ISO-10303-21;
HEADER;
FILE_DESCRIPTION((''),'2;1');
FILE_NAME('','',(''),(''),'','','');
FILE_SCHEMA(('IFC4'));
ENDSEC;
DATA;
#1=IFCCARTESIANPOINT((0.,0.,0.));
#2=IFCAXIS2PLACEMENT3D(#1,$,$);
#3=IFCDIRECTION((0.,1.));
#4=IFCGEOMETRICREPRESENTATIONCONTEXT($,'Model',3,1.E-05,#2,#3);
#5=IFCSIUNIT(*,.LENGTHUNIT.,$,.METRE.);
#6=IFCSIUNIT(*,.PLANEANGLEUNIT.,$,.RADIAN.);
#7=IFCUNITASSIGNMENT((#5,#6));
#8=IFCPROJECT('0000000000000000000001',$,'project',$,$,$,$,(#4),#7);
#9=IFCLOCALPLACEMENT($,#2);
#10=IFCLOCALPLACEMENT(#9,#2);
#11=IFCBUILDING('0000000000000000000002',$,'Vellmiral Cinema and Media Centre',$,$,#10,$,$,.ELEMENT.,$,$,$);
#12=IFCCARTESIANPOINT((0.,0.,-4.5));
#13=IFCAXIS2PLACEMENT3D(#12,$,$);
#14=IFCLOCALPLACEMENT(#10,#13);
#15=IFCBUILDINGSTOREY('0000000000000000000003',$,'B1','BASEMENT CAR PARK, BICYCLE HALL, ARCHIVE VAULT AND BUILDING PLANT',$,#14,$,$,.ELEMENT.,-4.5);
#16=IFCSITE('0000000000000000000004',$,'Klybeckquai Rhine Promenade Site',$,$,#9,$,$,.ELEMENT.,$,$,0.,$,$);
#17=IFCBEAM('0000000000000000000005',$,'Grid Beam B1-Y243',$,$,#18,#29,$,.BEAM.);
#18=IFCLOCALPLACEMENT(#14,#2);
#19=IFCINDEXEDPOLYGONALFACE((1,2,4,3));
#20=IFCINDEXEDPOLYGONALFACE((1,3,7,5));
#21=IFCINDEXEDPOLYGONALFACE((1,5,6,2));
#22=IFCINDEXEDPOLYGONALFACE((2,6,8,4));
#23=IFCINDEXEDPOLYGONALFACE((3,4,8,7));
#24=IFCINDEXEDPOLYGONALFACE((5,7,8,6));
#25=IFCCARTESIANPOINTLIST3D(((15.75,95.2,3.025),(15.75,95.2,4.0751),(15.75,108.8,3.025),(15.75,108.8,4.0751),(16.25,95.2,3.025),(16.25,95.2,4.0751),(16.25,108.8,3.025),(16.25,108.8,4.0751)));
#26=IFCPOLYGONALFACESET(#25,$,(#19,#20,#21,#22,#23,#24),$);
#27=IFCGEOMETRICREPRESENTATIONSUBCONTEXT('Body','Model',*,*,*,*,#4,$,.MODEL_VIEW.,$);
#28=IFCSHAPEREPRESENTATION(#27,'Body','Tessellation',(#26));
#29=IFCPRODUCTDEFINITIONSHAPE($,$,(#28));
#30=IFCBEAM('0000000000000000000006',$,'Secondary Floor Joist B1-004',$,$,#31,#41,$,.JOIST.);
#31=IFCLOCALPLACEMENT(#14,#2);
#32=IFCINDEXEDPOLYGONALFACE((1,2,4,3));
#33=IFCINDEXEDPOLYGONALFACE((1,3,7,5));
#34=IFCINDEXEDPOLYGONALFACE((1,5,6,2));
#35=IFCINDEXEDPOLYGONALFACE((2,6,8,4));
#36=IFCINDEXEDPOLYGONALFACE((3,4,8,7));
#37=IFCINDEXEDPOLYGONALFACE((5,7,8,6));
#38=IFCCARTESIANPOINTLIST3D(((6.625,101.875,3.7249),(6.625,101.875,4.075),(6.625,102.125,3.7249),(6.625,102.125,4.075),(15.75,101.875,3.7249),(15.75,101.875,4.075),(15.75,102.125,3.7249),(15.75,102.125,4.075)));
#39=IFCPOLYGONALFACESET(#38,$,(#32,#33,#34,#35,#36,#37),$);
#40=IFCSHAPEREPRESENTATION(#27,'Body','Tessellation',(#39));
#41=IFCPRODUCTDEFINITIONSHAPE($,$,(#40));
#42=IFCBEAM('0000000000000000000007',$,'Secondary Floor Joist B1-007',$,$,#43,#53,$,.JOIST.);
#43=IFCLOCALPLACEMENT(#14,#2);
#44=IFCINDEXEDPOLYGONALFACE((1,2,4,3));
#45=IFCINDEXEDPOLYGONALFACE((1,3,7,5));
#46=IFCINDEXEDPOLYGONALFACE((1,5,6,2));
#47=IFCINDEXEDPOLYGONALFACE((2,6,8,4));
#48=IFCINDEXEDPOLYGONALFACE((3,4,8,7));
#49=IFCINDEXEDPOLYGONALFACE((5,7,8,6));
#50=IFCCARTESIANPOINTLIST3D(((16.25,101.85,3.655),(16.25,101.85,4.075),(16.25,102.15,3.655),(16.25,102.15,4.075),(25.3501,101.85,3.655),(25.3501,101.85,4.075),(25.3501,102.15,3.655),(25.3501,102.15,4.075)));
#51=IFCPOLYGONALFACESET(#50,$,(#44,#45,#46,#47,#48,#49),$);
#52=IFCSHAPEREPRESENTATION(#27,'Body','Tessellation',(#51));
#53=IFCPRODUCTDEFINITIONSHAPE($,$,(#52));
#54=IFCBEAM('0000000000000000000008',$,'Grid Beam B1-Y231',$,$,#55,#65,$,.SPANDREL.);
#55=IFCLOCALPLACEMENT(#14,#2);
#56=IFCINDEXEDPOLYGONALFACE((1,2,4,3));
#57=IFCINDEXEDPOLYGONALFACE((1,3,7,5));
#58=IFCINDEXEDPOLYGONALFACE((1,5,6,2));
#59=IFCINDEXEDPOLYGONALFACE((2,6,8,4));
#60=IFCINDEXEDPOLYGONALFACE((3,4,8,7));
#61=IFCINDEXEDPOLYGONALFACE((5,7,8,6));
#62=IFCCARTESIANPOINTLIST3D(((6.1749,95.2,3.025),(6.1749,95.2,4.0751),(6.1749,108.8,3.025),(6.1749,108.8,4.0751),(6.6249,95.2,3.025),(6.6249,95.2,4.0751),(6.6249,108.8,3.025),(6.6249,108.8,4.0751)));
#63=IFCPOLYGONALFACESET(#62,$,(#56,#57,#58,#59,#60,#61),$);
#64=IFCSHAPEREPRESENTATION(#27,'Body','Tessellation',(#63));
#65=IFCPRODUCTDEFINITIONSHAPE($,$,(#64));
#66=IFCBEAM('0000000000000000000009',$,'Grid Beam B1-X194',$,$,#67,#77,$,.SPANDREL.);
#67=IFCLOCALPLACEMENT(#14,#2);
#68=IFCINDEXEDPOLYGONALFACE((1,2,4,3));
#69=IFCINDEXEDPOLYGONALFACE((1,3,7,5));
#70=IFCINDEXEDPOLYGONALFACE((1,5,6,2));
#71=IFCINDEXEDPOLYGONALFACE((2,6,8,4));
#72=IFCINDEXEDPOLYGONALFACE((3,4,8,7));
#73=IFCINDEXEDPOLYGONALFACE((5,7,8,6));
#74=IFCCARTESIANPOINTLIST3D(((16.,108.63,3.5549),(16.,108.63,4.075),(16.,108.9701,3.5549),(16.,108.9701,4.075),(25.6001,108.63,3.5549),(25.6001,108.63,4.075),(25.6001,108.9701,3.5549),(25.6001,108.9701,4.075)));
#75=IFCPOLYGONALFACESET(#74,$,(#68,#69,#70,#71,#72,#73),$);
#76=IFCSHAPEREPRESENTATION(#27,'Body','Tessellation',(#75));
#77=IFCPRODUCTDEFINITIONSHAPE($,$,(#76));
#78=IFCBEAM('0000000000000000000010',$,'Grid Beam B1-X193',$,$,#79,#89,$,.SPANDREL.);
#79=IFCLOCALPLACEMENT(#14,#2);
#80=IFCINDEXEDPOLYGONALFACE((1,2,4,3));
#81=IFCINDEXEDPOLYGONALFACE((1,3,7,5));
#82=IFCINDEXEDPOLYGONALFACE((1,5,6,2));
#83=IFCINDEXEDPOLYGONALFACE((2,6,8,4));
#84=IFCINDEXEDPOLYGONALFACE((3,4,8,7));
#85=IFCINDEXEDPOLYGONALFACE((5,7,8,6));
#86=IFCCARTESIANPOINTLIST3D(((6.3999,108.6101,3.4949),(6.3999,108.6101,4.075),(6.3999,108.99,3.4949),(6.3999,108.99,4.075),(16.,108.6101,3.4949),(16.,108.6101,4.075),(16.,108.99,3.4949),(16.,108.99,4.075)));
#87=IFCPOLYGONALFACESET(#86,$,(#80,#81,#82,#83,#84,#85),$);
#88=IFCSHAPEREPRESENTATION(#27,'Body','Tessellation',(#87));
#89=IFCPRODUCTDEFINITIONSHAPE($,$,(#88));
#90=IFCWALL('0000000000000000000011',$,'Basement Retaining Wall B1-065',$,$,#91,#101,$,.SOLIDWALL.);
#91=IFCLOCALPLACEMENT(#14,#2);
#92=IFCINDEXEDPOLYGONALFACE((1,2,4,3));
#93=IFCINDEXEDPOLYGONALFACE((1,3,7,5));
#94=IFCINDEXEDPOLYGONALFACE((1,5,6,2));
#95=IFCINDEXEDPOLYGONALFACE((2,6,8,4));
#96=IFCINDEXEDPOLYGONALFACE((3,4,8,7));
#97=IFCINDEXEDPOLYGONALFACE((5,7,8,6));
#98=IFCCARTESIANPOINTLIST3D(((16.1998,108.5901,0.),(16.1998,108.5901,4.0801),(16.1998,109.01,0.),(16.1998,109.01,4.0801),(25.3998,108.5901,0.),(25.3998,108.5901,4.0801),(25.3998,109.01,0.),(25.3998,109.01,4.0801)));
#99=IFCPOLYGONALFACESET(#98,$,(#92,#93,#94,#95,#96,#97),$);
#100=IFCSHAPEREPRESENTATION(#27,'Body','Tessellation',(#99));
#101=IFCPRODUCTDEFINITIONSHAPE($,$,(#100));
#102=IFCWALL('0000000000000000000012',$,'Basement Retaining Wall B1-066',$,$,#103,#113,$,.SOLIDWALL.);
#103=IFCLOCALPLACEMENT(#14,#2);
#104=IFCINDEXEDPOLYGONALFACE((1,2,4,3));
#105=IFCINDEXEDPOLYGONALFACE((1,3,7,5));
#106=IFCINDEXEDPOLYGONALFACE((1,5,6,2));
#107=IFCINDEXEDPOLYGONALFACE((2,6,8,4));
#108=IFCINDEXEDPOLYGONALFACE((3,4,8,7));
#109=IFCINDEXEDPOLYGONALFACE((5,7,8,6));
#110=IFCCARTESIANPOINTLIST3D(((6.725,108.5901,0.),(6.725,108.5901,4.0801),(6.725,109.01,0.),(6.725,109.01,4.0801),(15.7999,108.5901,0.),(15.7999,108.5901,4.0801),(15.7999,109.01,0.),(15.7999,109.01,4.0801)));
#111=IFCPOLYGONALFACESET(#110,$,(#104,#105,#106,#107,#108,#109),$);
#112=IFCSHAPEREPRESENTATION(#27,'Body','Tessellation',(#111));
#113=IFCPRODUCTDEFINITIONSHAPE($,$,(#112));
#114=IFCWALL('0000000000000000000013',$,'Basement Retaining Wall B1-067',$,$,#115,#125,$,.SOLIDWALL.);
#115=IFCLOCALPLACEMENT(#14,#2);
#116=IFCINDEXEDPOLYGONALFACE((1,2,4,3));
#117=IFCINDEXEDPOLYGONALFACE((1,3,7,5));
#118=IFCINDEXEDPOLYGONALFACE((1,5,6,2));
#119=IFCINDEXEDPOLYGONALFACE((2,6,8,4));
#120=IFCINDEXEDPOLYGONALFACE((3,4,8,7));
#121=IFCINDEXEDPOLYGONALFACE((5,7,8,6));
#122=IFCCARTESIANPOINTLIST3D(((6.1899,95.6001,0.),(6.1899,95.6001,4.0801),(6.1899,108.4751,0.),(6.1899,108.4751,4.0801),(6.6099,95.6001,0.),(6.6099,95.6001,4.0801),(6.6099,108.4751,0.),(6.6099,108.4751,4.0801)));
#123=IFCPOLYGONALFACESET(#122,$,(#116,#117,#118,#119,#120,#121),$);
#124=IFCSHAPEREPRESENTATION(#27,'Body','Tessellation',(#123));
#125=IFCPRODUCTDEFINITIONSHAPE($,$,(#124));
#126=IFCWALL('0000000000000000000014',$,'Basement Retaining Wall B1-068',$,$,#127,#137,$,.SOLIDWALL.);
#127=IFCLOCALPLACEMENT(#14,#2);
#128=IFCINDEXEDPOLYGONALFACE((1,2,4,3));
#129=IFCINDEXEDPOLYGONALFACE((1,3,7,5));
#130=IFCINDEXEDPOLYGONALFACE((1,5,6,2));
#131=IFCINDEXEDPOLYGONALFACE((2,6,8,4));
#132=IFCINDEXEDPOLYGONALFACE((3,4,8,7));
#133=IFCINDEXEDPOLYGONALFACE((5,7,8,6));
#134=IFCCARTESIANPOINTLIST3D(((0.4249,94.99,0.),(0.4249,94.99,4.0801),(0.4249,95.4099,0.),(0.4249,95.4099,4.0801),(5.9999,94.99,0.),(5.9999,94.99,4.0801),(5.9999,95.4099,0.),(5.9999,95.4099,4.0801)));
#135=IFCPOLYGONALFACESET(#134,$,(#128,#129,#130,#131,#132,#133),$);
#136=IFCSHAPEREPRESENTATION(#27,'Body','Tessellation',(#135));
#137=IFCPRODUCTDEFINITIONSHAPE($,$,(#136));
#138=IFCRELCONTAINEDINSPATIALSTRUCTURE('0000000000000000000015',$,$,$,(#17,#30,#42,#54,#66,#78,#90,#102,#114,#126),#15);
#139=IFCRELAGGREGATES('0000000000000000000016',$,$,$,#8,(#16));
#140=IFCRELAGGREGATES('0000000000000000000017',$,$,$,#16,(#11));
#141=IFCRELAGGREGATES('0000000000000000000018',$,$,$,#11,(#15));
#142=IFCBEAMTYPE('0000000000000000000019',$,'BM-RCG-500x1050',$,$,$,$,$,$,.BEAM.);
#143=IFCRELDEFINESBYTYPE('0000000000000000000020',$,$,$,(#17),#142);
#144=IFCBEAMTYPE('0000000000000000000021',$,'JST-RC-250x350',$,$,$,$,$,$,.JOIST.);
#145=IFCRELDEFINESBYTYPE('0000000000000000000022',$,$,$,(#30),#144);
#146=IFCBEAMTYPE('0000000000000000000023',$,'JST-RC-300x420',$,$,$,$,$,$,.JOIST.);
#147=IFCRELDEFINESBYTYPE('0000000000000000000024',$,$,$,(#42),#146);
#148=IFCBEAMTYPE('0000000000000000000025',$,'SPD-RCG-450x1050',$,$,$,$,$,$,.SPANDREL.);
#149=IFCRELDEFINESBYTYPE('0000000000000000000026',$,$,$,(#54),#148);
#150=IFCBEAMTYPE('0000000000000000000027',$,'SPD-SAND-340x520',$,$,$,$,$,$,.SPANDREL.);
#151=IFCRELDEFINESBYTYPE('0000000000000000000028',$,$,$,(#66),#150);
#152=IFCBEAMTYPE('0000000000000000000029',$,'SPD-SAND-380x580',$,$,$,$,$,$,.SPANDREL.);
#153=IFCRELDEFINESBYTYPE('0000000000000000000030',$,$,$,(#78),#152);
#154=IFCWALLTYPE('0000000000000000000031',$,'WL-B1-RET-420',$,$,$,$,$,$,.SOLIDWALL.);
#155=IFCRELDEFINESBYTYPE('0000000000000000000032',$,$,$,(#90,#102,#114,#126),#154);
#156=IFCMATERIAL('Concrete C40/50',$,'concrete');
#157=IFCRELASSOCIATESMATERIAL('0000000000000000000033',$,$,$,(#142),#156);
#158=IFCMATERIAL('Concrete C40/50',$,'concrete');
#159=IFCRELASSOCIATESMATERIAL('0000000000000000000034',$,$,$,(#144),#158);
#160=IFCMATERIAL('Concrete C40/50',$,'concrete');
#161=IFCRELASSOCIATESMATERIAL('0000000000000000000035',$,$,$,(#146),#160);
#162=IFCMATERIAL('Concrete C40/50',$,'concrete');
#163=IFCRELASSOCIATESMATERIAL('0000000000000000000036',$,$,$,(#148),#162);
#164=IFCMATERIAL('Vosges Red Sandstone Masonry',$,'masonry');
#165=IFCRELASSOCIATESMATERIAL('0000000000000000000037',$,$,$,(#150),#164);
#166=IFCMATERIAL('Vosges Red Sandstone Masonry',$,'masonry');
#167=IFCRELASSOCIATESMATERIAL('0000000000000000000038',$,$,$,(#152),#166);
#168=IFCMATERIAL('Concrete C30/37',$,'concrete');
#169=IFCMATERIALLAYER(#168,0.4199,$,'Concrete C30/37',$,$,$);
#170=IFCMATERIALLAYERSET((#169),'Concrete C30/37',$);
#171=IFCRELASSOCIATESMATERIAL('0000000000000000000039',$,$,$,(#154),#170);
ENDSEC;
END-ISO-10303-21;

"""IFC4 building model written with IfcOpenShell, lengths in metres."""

from ifc_helpers import new_model, si_unit, direction, frame, frame_2d, origin, origin_2d, place, context, subcontext, project, spatial, rectangle, extrude, material, layer, layer_set, material_profile, profile_set, type_object, element, save


model = new_model("IFC4")

# Units and contexts
model_context = context("Model", 3, precision=1e-05, world=origin(), true_north=direction((0.0, 1.0)))
body_context = subcontext(model_context, "Body", "Model", "MODEL_VIEW")
ifc_project = project(units=[si_unit("LENGTHUNIT", "METRE"), si_unit("PLANEANGLEUNIT", "RADIAN")], contexts=[model_context])

# Site, building, storey
site_placement = place(None, origin())
site = spatial("IfcSite", under=ifc_project, at=site_placement, Name="Klybeckquai Rhine Promenade Site", CompositionType="ELEMENT", RefElevation=0.0)
building_placement = place(site_placement, origin())
building = spatial("IfcBuilding", under=site, at=building_placement, Name="Vellmiral Cinema and Media Centre", CompositionType="ELEMENT")
storey_placement = place(building_placement, frame((0.0, 0.0, -4.5)))
storey = spatial("IfcBuildingStorey", under=building, at=storey_placement, Name="B1", Description="BASEMENT CAR PARK, BICYCLE HALL, ARCHIVE VAULT AND BUILDING PLANT", CompositionType="ELEMENT", Elevation=-4.5)

# Beams
ifc_material_1 = material(Name="Concrete C40/50", Category="concrete")
ifc_material_profile_1 = material_profile(ifc_material_1, rectangle(XDim=0.5, YDim=1.05, at=origin_2d()), Name="RC 500x1050")
ifc_profile_set_1 = profile_set([ifc_material_profile_1], Name="Concrete C40/50")
beam_type_1 = type_object("IfcBeamType", Name="BM-RCG-500x1050", PredefinedType="BEAM", material=ifc_profile_set_1)
beam_1_placement = place(storey_placement, frame((16.0, 95.2, 3.55), z_axis=(0.0, 1.0, 0.0), x_axis=(-1.0, 0.0, 0.0)))
element("IfcBeam", 1, at=beam_1_placement, inside=storey, type_object=beam_type_1, Name="Grid Beam B1-Y243", PredefinedType="BEAM", context=body_context, shape_type="SweptSolid", body=[
    extrude(rectangle(XDim=0.5, YDim=1.05, at=origin_2d()), origin(), (0.0, 0.0, 1.0), 13.6001),
])
ifc_material_2 = material(Name="Concrete C40/50", Category="concrete")
ifc_material_profile_2 = material_profile(ifc_material_2, rectangle(XDim=0.25, YDim=0.3501, at=origin_2d()), Name="RC 250x350")
ifc_profile_set_2 = profile_set([ifc_material_profile_2], Name="Concrete C40/50")
beam_type_2 = type_object("IfcBeamType", Name="JST-RC-250x350", PredefinedType="JOIST", material=ifc_profile_set_2)
beam_2_placement = place(storey_placement, frame((6.625, 102.0, 3.8999), z_axis=(1.0, 0.0, 0.0), x_axis=(0.0, 1.0, 0.0)))
element("IfcBeam", 2, at=beam_2_placement, inside=storey, type_object=beam_type_2, Name="Secondary Floor Joist B1-004", PredefinedType="JOIST", context=body_context, shape_type="SweptSolid", body=[
    extrude(rectangle(XDim=0.25, YDim=0.3501, at=origin_2d()), origin(), (0.0, 0.0, 1.0), 9.125),
])
ifc_material_3 = material(Name="Concrete C40/50", Category="concrete")
ifc_material_profile_3 = material_profile(ifc_material_3, rectangle(XDim=0.3, YDim=0.4199, at=origin_2d()), Name="RC 300x420")
ifc_profile_set_3 = profile_set([ifc_material_profile_3], Name="Concrete C40/50")
beam_type_3 = type_object("IfcBeamType", Name="JST-RC-300x420", PredefinedType="JOIST", material=ifc_profile_set_3)
beam_3_placement = place(storey_placement, frame((16.25, 102.0, 3.865), z_axis=(1.0, 0.0, 0.0), x_axis=(0.0, 1.0, 0.0)))
element("IfcBeam", 3, at=beam_3_placement, inside=storey, type_object=beam_type_3, Name="Secondary Floor Joist B1-007", PredefinedType="JOIST", context=body_context, shape_type="SweptSolid", body=[
    extrude(rectangle(XDim=0.3, YDim=0.4199, at=origin_2d()), origin(), (0.0, 0.0, 1.0), 9.1001),
])
ifc_material_4 = material(Name="Concrete C40/50", Category="concrete")
ifc_material_profile_4 = material_profile(ifc_material_4, rectangle(XDim=0.45, YDim=1.05, at=origin_2d()), Name="RC 450x1050")
ifc_profile_set_4 = profile_set([ifc_material_profile_4], Name="Concrete C40/50")
beam_type_4 = type_object("IfcBeamType", Name="SPD-RCG-450x1050", PredefinedType="SPANDREL", material=ifc_profile_set_4)
beam_4_placement = place(storey_placement, frame((6.3999, 95.2, 3.55), z_axis=(0.0, 1.0, 0.0), x_axis=(-1.0, 0.0, 0.0)))
element("IfcBeam", 4, at=beam_4_placement, inside=storey, type_object=beam_type_4, Name="Grid Beam B1-Y231", PredefinedType="SPANDREL", context=body_context, shape_type="SweptSolid", body=[
    extrude(rectangle(XDim=0.45, YDim=1.05, at=origin_2d()), origin(), (0.0, 0.0, 1.0), 13.6001),
])
ifc_material_5 = material(Name="Vosges Red Sandstone Masonry", Category="masonry")
ifc_material_profile_5 = material_profile(ifc_material_5, rectangle(XDim=0.3401, YDim=0.52, at=origin_2d()), Name="SAND 340x520")
ifc_profile_set_5 = profile_set([ifc_material_profile_5], Name="Vosges Red Sandstone Masonry")
beam_type_5 = type_object("IfcBeamType", Name="SPD-SAND-340x520", PredefinedType="SPANDREL", material=ifc_profile_set_5)
beam_5_placement = place(storey_placement, frame((16.0, 108.8, 3.8149), z_axis=(1.0, 0.0, 0.0), x_axis=(0.0, 1.0, 0.0)))
element("IfcBeam", 5, at=beam_5_placement, inside=storey, type_object=beam_type_5, Name="Grid Beam B1-X194", PredefinedType="SPANDREL", context=body_context, shape_type="SweptSolid", body=[
    extrude(rectangle(XDim=0.3401, YDim=0.52, at=origin_2d()), origin(), (0.0, 0.0, 1.0), 9.6001),
])
ifc_material_6 = material(Name="Vosges Red Sandstone Masonry", Category="masonry")
ifc_material_profile_6 = material_profile(ifc_material_6, rectangle(XDim=0.3799, YDim=0.5801, at=origin_2d()), Name="SAND 380x580")
ifc_profile_set_6 = profile_set([ifc_material_profile_6], Name="Vosges Red Sandstone Masonry")
beam_type_6 = type_object("IfcBeamType", Name="SPD-SAND-380x580", PredefinedType="SPANDREL", material=ifc_profile_set_6)
beam_6_placement = place(storey_placement, frame((6.3999, 108.8, 3.7849), z_axis=(1.0, 0.0, 0.0), x_axis=(0.0, 1.0, 0.0)))
element("IfcBeam", 6, at=beam_6_placement, inside=storey, type_object=beam_type_6, Name="Grid Beam B1-X193", PredefinedType="SPANDREL", context=body_context, shape_type="SweptSolid", body=[
    extrude(rectangle(XDim=0.3799, YDim=0.5801, at=origin_2d()), origin(), (0.0, 0.0, 1.0), 9.6001),
])

# Walls
ifc_material_7 = material(Name="Concrete C30/37", Category="concrete")
ifc_layer = layer(ifc_material_7, 0.4199, Name="Concrete C30/37")
ifc_layer_set = layer_set([ifc_layer], Name="Concrete C30/37")
wall_type = type_object("IfcWallType", Name="WL-B1-RET-420", PredefinedType="SOLIDWALL", material=ifc_layer_set)
wall_1_placement = place(storey_placement, frame((25.3999, 108.8, 0.0), z_axis=(0.0, 0.0, 1.0), x_axis=(-1.0, 0.0, 0.0)))
element("IfcWall", 7, at=wall_1_placement, inside=storey, type_object=wall_type, Name="Basement Retaining Wall B1-065", PredefinedType="SOLIDWALL", context=body_context, shape_type="SweptSolid", body=[
    extrude(rectangle(XDim=9.2, YDim=0.4199, at=frame_2d((4.6001, 0.0))), origin(), (0.0, 0.0, 1.0), 4.0801),
])
wall_2_placement = place(storey_placement, frame((15.8, 108.8, 0.0), z_axis=(0.0, 0.0, 1.0), x_axis=(-1.0, 0.0, 0.0)))
element("IfcWall", 8, at=wall_2_placement, inside=storey, type_object=wall_type, Name="Basement Retaining Wall B1-066", PredefinedType="SOLIDWALL", context=body_context, shape_type="SweptSolid", body=[
    extrude(rectangle(XDim=9.075, YDim=0.4199, at=frame_2d((4.5376, 0.0))), origin(), (0.0, 0.0, 1.0), 4.0801),
])
wall_3_placement = place(storey_placement, frame((6.3999, 108.4751, 0.0), z_axis=(0.0, 0.0, 1.0), x_axis=(0.0, -1.0, 0.0)))
element("IfcWall", 9, at=wall_3_placement, inside=storey, type_object=wall_type, Name="Basement Retaining Wall B1-067", PredefinedType="SOLIDWALL", context=body_context, shape_type="SweptSolid", body=[
    extrude(rectangle(XDim=12.875, YDim=0.4199, at=frame_2d((6.4375, 0.0))), origin(), (0.0, 0.0, 1.0), 4.0801),
])
wall_4_placement = place(storey_placement, frame((6.0, 95.2, 0.0), z_axis=(0.0, 0.0, 1.0), x_axis=(-1.0, 0.0, 0.0)))
element("IfcWall", 10, at=wall_4_placement, inside=storey, type_object=wall_type, Name="Basement Retaining Wall B1-068", PredefinedType="SOLIDWALL", context=body_context, shape_type="SweptSolid", body=[
    extrude(rectangle(XDim=5.575, YDim=0.4199, at=frame_2d((2.7876, 0.0))), origin(), (0.0, 0.0, 1.0), 4.0801),
])

save(model, "model.ifc")
